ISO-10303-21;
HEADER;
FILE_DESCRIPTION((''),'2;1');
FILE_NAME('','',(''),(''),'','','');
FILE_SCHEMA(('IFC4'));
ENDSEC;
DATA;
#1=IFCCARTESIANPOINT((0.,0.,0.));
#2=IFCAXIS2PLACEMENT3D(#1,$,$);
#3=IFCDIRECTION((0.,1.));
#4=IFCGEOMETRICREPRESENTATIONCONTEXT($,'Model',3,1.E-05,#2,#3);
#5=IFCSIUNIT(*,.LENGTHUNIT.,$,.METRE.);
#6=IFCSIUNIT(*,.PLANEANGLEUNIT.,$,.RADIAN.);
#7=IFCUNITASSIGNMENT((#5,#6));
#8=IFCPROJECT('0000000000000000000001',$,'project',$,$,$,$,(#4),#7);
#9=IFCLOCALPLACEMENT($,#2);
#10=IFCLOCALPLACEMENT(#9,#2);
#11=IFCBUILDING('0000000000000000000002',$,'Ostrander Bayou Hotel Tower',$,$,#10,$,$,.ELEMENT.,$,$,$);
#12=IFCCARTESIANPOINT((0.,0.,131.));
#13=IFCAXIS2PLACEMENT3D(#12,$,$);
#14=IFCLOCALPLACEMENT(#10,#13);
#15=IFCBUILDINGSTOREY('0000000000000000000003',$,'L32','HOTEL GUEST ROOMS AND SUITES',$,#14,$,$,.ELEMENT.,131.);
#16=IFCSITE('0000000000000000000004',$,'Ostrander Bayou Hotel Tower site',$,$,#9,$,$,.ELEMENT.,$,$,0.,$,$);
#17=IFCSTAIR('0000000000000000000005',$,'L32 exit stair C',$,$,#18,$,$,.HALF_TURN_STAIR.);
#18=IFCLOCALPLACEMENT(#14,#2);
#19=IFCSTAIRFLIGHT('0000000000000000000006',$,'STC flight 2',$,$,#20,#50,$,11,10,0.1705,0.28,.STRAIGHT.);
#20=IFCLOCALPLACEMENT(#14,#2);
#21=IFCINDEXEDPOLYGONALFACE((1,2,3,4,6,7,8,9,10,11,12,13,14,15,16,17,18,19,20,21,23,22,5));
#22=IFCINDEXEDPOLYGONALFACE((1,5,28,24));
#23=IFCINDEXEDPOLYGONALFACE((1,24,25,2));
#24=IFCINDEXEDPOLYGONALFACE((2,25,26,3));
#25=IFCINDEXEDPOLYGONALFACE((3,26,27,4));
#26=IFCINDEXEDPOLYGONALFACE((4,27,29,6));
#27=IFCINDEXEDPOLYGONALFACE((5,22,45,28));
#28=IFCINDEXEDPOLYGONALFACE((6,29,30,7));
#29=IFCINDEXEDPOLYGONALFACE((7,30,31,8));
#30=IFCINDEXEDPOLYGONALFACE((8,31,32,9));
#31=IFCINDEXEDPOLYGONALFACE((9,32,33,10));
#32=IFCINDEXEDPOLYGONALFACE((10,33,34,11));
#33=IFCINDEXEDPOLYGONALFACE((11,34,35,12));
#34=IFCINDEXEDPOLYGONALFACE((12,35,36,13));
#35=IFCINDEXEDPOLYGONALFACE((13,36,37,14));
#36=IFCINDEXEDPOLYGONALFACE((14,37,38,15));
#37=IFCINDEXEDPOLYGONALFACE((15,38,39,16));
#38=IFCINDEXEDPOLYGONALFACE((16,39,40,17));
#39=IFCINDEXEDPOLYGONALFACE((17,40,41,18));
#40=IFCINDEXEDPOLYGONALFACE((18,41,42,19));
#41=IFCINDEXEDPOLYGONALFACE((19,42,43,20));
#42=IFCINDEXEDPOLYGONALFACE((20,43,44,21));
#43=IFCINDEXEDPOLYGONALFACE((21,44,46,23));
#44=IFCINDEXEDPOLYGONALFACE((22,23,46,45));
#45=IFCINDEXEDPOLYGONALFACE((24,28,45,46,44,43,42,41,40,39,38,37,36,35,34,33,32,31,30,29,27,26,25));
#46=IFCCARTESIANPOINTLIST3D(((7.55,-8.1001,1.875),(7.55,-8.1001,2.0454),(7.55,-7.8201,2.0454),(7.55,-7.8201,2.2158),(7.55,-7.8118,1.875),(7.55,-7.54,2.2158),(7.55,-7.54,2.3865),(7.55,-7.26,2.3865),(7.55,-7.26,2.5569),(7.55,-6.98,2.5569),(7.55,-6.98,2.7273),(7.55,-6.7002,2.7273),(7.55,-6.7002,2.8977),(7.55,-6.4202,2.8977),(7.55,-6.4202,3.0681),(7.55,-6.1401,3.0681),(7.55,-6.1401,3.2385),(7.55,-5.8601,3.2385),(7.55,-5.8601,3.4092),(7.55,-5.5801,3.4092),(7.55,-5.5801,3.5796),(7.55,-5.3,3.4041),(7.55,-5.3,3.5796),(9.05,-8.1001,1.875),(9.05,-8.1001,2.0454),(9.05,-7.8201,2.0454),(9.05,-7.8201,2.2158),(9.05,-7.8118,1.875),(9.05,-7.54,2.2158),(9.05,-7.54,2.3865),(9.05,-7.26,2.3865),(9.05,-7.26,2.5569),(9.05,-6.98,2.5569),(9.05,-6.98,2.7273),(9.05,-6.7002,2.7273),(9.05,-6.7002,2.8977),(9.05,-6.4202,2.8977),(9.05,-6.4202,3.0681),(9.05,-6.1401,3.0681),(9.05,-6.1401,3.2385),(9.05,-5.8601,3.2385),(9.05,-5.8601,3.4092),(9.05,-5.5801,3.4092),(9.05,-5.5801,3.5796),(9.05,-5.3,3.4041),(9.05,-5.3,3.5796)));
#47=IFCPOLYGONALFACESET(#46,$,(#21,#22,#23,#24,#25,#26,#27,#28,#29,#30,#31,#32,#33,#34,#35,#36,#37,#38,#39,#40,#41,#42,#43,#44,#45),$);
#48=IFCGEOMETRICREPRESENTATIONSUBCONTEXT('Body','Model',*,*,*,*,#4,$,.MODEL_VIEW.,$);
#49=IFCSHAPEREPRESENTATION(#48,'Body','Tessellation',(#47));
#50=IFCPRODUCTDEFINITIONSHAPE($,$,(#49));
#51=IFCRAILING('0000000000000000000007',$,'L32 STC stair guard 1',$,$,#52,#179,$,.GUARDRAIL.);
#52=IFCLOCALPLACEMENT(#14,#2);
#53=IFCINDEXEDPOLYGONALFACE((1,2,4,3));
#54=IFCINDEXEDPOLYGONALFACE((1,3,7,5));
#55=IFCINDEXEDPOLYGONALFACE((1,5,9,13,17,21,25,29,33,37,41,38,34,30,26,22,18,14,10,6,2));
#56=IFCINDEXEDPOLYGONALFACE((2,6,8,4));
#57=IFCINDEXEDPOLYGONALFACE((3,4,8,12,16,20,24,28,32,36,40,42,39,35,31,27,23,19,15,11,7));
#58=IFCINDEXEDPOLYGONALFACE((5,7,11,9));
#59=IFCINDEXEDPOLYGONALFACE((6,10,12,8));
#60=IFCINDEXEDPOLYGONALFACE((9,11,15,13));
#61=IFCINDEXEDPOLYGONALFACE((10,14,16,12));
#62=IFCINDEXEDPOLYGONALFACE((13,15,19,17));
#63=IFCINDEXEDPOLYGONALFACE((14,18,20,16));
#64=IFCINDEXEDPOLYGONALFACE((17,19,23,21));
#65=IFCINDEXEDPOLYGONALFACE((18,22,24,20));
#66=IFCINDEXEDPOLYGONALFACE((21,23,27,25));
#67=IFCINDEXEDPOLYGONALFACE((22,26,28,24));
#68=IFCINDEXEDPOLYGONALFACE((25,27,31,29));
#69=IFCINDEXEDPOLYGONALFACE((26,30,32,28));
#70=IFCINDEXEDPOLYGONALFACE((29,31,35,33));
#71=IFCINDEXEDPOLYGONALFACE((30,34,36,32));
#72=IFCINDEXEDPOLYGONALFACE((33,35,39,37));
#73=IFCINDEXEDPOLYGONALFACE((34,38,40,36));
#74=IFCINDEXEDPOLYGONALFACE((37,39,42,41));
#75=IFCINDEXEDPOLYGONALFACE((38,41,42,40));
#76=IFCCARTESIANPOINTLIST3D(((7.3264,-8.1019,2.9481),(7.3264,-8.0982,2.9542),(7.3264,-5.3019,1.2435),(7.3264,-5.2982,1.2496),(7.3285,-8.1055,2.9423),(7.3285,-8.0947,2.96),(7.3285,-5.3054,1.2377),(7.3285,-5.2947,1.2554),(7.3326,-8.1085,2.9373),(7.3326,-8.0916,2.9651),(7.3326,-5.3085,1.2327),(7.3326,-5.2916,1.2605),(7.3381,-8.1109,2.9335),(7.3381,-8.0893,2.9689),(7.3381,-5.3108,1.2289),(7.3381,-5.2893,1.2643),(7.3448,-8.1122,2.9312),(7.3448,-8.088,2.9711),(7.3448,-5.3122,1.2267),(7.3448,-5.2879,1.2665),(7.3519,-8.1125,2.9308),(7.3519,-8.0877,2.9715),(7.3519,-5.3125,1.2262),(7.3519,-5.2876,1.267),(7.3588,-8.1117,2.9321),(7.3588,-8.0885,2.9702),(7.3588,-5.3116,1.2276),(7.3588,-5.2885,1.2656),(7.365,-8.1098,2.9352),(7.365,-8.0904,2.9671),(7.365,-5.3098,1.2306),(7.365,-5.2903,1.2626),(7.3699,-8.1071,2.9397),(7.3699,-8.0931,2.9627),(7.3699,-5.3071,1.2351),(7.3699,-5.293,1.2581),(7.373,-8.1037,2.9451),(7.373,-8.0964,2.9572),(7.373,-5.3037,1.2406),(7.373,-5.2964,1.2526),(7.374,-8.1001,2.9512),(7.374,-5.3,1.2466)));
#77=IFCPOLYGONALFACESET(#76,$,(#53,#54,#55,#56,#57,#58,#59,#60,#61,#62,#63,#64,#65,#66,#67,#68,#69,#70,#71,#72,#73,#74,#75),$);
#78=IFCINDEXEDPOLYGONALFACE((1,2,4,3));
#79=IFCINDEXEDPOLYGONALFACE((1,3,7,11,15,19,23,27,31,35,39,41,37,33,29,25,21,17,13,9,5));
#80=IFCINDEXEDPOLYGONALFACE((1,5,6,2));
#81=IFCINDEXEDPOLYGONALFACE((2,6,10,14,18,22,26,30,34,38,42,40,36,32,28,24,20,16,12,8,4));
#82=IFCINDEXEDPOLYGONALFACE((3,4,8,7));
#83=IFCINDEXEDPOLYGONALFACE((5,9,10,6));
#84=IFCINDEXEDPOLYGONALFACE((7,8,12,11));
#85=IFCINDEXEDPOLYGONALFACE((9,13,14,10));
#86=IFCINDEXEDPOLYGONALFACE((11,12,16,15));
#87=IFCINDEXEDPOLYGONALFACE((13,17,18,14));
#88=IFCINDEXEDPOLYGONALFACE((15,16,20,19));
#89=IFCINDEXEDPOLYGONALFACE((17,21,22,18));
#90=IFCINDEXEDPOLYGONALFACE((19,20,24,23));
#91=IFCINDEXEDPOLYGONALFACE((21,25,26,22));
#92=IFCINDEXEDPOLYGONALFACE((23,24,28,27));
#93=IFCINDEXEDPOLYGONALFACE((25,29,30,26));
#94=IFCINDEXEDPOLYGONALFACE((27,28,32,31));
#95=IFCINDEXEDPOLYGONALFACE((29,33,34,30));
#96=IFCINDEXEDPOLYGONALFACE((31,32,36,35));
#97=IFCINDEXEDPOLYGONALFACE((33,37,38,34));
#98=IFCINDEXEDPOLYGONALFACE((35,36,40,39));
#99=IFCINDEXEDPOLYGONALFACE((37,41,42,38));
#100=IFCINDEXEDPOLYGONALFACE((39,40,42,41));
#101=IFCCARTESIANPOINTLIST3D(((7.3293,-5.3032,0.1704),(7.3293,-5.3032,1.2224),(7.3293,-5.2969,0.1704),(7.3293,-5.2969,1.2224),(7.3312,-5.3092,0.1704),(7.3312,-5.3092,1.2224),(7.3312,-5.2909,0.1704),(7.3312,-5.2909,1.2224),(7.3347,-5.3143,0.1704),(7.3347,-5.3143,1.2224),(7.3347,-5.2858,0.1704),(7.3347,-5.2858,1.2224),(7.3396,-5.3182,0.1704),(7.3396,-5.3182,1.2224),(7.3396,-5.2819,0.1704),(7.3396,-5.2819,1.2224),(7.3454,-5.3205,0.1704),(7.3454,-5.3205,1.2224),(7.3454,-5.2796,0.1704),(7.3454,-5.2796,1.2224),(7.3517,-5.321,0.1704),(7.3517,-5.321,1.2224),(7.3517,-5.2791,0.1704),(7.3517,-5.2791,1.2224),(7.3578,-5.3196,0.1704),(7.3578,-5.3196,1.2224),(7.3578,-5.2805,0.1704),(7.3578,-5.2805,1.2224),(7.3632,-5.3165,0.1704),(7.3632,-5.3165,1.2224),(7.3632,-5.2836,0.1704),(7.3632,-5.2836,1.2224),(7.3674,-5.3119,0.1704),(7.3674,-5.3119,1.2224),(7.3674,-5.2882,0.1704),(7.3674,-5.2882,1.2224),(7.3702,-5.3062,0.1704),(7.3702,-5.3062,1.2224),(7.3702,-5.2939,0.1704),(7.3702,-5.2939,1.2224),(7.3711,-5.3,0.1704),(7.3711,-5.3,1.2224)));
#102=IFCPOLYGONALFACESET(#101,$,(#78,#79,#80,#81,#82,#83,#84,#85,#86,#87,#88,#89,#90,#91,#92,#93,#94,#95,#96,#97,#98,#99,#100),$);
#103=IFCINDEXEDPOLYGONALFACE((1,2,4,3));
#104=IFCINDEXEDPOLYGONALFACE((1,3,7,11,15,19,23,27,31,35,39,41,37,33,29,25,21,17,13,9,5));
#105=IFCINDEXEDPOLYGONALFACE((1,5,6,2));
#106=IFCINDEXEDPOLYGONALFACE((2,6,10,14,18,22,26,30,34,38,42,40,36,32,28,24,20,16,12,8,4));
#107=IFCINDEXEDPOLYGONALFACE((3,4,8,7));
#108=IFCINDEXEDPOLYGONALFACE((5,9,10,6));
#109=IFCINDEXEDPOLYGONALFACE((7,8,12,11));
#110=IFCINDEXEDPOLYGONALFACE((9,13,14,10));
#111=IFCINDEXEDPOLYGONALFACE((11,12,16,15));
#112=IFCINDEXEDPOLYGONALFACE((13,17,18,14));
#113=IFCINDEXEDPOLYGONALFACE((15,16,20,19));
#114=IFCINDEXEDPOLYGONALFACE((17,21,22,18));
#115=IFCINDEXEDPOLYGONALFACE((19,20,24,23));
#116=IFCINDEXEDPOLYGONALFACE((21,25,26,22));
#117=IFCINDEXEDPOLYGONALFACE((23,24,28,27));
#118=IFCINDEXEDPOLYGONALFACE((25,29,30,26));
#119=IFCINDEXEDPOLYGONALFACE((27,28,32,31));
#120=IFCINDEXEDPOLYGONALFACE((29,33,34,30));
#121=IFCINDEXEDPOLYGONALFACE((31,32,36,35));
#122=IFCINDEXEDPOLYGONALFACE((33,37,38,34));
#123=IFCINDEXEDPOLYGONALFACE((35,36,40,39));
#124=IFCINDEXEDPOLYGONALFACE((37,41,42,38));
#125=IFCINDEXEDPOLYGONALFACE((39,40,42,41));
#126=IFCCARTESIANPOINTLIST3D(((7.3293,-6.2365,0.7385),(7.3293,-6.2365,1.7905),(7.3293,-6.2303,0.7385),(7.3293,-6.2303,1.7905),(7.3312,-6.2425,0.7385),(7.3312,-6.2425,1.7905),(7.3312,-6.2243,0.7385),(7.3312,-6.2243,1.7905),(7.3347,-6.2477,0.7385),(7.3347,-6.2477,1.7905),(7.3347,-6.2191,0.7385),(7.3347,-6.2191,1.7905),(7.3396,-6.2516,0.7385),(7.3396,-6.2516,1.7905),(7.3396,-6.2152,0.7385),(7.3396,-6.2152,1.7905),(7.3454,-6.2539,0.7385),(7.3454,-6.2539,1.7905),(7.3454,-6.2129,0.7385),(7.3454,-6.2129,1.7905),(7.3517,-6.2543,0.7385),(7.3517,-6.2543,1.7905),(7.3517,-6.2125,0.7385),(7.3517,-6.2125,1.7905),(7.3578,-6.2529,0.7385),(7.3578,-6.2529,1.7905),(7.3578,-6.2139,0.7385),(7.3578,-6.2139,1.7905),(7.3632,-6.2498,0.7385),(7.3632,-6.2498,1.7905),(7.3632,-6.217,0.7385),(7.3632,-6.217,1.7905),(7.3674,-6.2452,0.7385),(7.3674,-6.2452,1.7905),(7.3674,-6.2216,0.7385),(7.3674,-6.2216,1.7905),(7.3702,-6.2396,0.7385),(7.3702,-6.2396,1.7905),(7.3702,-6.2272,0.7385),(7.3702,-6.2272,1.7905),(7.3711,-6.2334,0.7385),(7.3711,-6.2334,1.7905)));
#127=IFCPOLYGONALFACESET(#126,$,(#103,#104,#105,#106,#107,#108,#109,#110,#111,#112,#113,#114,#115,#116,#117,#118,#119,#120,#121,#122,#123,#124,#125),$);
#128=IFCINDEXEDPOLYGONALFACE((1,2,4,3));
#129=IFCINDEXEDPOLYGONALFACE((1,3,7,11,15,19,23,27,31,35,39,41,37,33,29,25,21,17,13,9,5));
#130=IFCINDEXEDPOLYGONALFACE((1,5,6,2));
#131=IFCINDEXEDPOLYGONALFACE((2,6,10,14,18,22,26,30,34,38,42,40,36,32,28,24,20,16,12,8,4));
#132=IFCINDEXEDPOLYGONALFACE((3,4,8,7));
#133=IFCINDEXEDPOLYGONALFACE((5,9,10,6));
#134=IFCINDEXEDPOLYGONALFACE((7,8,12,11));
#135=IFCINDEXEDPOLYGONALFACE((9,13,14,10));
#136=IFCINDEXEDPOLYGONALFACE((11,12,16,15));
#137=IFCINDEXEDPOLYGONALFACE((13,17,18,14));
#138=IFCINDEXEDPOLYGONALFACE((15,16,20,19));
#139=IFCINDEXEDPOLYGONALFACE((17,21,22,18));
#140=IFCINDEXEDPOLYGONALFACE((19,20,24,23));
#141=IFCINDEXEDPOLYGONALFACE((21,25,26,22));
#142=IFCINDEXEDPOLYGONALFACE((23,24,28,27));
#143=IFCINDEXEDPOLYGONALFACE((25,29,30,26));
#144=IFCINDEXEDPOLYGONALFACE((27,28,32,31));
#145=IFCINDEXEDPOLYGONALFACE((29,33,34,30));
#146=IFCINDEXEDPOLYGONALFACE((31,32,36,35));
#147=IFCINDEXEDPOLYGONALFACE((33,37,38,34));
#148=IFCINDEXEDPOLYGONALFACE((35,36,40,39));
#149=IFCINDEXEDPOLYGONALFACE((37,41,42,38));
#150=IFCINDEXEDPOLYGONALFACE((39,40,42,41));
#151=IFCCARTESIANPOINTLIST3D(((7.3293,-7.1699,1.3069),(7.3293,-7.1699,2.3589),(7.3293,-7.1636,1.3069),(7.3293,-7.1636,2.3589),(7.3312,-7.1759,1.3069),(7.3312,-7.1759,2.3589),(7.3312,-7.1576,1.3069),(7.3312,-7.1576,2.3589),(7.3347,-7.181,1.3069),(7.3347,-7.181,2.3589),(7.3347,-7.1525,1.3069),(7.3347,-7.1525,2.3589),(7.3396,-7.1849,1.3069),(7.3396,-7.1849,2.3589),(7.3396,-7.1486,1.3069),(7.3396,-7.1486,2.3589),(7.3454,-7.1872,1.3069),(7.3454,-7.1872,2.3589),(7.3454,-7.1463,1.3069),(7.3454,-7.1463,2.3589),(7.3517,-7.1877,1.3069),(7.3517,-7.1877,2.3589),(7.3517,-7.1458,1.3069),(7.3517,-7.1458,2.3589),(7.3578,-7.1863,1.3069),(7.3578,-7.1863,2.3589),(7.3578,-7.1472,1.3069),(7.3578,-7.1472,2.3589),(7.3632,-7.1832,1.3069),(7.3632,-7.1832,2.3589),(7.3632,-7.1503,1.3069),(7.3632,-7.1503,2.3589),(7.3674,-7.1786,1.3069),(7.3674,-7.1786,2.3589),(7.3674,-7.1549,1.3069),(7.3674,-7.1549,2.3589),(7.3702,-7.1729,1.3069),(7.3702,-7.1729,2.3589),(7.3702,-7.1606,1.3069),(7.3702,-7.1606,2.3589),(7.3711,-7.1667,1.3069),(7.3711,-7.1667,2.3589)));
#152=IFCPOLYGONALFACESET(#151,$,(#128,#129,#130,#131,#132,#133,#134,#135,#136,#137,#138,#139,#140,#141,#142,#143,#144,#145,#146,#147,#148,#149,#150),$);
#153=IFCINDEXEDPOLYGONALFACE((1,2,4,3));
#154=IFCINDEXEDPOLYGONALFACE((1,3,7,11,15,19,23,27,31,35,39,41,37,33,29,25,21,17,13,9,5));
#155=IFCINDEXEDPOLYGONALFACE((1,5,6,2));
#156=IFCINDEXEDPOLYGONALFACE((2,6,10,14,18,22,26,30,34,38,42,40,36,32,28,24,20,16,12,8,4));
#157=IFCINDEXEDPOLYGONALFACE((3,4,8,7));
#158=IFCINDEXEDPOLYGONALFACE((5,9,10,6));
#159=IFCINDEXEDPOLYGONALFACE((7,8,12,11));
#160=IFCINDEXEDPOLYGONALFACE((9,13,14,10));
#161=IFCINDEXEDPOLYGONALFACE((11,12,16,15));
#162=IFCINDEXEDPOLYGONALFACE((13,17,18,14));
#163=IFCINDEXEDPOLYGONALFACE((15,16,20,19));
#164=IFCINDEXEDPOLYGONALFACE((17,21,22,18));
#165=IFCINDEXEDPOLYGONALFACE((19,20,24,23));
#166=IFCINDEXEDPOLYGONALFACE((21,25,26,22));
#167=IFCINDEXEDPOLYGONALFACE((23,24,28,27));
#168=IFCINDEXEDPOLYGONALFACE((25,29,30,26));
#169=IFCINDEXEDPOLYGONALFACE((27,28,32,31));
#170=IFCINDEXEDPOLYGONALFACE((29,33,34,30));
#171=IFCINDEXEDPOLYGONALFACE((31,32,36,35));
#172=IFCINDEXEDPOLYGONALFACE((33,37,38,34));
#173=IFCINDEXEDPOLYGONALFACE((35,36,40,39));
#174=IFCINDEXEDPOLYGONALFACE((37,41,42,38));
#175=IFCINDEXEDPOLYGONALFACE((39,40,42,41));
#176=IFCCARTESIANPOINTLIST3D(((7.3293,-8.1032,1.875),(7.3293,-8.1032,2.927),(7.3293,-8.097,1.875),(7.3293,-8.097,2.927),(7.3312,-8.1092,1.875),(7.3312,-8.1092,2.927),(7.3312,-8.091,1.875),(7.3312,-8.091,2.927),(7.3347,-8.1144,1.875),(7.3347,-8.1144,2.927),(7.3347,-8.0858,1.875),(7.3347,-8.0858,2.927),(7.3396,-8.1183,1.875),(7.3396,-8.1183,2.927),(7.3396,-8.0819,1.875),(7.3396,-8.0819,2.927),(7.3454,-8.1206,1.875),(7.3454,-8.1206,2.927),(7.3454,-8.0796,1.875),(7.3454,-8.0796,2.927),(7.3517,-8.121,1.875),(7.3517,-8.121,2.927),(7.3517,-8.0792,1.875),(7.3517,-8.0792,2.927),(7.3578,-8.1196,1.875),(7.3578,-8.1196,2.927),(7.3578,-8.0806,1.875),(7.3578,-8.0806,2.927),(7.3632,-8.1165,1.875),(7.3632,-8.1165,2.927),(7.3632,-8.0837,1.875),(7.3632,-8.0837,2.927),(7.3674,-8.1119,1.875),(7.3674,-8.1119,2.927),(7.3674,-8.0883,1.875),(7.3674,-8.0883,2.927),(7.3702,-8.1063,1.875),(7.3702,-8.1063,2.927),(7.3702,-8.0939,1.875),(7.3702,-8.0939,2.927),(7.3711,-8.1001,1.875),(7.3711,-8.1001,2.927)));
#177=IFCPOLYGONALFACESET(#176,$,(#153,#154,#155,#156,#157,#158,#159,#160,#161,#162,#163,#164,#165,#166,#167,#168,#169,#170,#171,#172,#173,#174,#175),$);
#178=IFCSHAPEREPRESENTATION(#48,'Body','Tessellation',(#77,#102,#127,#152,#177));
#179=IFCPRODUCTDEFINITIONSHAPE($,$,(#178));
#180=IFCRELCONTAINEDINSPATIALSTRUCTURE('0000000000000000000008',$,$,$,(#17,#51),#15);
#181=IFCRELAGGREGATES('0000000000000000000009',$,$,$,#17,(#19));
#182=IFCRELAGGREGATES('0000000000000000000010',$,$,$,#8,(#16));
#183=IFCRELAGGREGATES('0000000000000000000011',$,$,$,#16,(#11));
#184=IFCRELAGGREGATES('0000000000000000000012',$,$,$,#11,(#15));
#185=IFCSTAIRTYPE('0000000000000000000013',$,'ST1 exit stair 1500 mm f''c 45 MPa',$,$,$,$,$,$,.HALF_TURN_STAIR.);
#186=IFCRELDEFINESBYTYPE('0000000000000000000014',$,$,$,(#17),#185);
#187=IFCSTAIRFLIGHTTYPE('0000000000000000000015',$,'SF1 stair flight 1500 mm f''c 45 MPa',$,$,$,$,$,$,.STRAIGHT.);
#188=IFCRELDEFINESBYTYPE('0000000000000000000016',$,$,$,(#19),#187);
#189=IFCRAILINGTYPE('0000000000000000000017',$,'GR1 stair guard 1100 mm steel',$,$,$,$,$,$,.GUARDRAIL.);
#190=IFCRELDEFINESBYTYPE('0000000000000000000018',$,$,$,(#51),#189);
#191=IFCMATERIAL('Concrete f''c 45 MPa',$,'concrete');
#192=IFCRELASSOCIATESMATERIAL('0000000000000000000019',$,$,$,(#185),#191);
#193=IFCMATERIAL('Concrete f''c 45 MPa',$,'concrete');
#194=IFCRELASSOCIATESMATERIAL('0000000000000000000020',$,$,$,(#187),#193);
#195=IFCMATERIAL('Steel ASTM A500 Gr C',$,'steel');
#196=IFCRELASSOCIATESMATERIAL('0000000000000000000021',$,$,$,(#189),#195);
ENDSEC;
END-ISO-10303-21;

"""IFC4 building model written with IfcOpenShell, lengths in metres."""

from ifc_helpers import new_model, si_unit, direction, frame, origin, origin_2d, place, context, subcontext, project, spatial, polyline, circle, outline, extrude, material, type_object, element, aggregate, save


model = new_model("IFC4")

# Units and contexts
model_context = context("Model", 3, precision=1e-05, world=origin(), true_north=direction((0.0, 1.0)))
body_context = subcontext(model_context, "Body", "Model", "MODEL_VIEW")
ifc_project = project(units=[si_unit("LENGTHUNIT", "METRE"), si_unit("PLANEANGLEUNIT", "RADIAN")], contexts=[model_context])

# Site, building, storey
site_placement = place(None, origin())
site = spatial("IfcSite", under=ifc_project, at=site_placement, Name="Ostrander Bayou Hotel Tower site", CompositionType="ELEMENT", RefElevation=0.0)
building_placement = place(site_placement, origin())
building = spatial("IfcBuilding", under=site, at=building_placement, Name="Ostrander Bayou Hotel Tower", CompositionType="ELEMENT")
storey_placement = place(building_placement, frame((0.0, 0.0, 131.0)))
storey = spatial("IfcBuildingStorey", under=building, at=storey_placement, Name="L32", Description="HOTEL GUEST ROOMS AND SUITES", CompositionType="ELEMENT", Elevation=131.0)

# Stair, stair flight
ifc_material_1 = material(Name="Concrete f'c 45 MPa", Category="concrete")
stair_type = type_object("IfcStairType", Name="ST1 exit stair 1500 mm f'c 45 MPa", PredefinedType="HALF_TURN_STAIR", material=ifc_material_1)
stair_placement = place(storey_placement, origin())
stair = element("IfcStair", 1, at=stair_placement, inside=storey, type_object=stair_type, Name="L32 exit stair C", PredefinedType="HALF_TURN_STAIR")
ifc_material_2 = material(Name="Concrete f'c 45 MPa", Category="concrete")
stair_flight_type = type_object("IfcStairFlightType", Name="SF1 stair flight 1500 mm f'c 45 MPa", PredefinedType="STRAIGHT", material=ifc_material_2)
stair_flight_1_placement = place(storey_placement, frame((8.3, -8.1001, 1.875), z_axis=(0.0, 0.0, 1.0), x_axis=(0.0, 1.0, 0.0)))
stair_flight_1 = element("IfcStairFlight", 2, at=stair_flight_1_placement, type_object=stair_flight_type, Name="STC flight 2", NumberOfRisers=11, NumberOfTreads=10, PredefinedType="STRAIGHT", RiserHeight=0.1705, TreadLength=0.28, context=body_context, shape_type="SweptSolid", body=[
    extrude(outline(polyline([(0.0, 0.0), (0.0, 0.1704), (0.28, 0.1704), (0.28, 0.3408), (0.5601, 0.3408), (0.5601, 0.5115), (0.8401, 0.5115), (0.8401, 0.6819), (1.1201, 0.6819), (1.1201, 0.8523), (1.3999, 0.8523), (1.3999, 1.0227), (1.6799, 1.0227), (1.6799, 1.1931), (1.96, 1.1931), (1.96, 1.3635), (2.24, 1.3635), (2.24, 1.5342), (2.52, 1.5342), (2.52, 1.7046), (2.8, 1.7046), (2.8, 1.875), (2.8, 1.5291), (0.2883, 0.0), (0.0, 0.0)])), frame((0.0, 0.75, 0.0), z_axis=(0.0, -1.0, 0.0), x_axis=(1.0, 0.0, 0.0)), (0.0, 0.0, 1.0), 1.5),
])
aggregate(stair, [stair_flight_1])

# Railing
ifc_material_3 = material(Name="Steel ASTM A500 Gr C", Category="steel")
railing_type_1 = type_object("IfcRailingType", Name="GR1 stair guard 1100 mm steel", PredefinedType="GUARDRAIL", material=ifc_material_3)
railing_1_placement = place(storey_placement, frame((7.3501, -5.3, 0.1704)))
element("IfcRailing", 3, at=railing_1_placement, inside=storey, type_object=railing_type_1, Name="L32 STC stair guard 1", PredefinedType="GUARDRAIL", context=body_context, shape_type="SweptSolid", body=[
    extrude(circle(Radius=0.0239, at=origin_2d()), frame((0.0, 0.0, 1.0762), z_axis=(0.0, -0.85417, 0.519994), x_axis=(1.0, 0.0, 0.0)), (0.0, 0.0, 1.0), 3.2781),
    extrude(circle(Radius=0.021, at=origin_2d()), origin(), (0.0, 0.0, 1.0), 1.052),
    extrude(circle(Radius=0.021, at=origin_2d()), frame((0.0, -0.9333, 0.5681)), (0.0, 0.0, 1.0), 1.052),
    extrude(circle(Radius=0.021, at=origin_2d()), frame((0.0, -1.8667, 1.1365)), (0.0, 0.0, 1.0), 1.052),
    extrude(circle(Radius=0.021, at=origin_2d()), frame((0.0, -2.8, 1.7046)), (0.0, 0.0, 1.0), 1.052),
])

save(model, "model.ifc")
